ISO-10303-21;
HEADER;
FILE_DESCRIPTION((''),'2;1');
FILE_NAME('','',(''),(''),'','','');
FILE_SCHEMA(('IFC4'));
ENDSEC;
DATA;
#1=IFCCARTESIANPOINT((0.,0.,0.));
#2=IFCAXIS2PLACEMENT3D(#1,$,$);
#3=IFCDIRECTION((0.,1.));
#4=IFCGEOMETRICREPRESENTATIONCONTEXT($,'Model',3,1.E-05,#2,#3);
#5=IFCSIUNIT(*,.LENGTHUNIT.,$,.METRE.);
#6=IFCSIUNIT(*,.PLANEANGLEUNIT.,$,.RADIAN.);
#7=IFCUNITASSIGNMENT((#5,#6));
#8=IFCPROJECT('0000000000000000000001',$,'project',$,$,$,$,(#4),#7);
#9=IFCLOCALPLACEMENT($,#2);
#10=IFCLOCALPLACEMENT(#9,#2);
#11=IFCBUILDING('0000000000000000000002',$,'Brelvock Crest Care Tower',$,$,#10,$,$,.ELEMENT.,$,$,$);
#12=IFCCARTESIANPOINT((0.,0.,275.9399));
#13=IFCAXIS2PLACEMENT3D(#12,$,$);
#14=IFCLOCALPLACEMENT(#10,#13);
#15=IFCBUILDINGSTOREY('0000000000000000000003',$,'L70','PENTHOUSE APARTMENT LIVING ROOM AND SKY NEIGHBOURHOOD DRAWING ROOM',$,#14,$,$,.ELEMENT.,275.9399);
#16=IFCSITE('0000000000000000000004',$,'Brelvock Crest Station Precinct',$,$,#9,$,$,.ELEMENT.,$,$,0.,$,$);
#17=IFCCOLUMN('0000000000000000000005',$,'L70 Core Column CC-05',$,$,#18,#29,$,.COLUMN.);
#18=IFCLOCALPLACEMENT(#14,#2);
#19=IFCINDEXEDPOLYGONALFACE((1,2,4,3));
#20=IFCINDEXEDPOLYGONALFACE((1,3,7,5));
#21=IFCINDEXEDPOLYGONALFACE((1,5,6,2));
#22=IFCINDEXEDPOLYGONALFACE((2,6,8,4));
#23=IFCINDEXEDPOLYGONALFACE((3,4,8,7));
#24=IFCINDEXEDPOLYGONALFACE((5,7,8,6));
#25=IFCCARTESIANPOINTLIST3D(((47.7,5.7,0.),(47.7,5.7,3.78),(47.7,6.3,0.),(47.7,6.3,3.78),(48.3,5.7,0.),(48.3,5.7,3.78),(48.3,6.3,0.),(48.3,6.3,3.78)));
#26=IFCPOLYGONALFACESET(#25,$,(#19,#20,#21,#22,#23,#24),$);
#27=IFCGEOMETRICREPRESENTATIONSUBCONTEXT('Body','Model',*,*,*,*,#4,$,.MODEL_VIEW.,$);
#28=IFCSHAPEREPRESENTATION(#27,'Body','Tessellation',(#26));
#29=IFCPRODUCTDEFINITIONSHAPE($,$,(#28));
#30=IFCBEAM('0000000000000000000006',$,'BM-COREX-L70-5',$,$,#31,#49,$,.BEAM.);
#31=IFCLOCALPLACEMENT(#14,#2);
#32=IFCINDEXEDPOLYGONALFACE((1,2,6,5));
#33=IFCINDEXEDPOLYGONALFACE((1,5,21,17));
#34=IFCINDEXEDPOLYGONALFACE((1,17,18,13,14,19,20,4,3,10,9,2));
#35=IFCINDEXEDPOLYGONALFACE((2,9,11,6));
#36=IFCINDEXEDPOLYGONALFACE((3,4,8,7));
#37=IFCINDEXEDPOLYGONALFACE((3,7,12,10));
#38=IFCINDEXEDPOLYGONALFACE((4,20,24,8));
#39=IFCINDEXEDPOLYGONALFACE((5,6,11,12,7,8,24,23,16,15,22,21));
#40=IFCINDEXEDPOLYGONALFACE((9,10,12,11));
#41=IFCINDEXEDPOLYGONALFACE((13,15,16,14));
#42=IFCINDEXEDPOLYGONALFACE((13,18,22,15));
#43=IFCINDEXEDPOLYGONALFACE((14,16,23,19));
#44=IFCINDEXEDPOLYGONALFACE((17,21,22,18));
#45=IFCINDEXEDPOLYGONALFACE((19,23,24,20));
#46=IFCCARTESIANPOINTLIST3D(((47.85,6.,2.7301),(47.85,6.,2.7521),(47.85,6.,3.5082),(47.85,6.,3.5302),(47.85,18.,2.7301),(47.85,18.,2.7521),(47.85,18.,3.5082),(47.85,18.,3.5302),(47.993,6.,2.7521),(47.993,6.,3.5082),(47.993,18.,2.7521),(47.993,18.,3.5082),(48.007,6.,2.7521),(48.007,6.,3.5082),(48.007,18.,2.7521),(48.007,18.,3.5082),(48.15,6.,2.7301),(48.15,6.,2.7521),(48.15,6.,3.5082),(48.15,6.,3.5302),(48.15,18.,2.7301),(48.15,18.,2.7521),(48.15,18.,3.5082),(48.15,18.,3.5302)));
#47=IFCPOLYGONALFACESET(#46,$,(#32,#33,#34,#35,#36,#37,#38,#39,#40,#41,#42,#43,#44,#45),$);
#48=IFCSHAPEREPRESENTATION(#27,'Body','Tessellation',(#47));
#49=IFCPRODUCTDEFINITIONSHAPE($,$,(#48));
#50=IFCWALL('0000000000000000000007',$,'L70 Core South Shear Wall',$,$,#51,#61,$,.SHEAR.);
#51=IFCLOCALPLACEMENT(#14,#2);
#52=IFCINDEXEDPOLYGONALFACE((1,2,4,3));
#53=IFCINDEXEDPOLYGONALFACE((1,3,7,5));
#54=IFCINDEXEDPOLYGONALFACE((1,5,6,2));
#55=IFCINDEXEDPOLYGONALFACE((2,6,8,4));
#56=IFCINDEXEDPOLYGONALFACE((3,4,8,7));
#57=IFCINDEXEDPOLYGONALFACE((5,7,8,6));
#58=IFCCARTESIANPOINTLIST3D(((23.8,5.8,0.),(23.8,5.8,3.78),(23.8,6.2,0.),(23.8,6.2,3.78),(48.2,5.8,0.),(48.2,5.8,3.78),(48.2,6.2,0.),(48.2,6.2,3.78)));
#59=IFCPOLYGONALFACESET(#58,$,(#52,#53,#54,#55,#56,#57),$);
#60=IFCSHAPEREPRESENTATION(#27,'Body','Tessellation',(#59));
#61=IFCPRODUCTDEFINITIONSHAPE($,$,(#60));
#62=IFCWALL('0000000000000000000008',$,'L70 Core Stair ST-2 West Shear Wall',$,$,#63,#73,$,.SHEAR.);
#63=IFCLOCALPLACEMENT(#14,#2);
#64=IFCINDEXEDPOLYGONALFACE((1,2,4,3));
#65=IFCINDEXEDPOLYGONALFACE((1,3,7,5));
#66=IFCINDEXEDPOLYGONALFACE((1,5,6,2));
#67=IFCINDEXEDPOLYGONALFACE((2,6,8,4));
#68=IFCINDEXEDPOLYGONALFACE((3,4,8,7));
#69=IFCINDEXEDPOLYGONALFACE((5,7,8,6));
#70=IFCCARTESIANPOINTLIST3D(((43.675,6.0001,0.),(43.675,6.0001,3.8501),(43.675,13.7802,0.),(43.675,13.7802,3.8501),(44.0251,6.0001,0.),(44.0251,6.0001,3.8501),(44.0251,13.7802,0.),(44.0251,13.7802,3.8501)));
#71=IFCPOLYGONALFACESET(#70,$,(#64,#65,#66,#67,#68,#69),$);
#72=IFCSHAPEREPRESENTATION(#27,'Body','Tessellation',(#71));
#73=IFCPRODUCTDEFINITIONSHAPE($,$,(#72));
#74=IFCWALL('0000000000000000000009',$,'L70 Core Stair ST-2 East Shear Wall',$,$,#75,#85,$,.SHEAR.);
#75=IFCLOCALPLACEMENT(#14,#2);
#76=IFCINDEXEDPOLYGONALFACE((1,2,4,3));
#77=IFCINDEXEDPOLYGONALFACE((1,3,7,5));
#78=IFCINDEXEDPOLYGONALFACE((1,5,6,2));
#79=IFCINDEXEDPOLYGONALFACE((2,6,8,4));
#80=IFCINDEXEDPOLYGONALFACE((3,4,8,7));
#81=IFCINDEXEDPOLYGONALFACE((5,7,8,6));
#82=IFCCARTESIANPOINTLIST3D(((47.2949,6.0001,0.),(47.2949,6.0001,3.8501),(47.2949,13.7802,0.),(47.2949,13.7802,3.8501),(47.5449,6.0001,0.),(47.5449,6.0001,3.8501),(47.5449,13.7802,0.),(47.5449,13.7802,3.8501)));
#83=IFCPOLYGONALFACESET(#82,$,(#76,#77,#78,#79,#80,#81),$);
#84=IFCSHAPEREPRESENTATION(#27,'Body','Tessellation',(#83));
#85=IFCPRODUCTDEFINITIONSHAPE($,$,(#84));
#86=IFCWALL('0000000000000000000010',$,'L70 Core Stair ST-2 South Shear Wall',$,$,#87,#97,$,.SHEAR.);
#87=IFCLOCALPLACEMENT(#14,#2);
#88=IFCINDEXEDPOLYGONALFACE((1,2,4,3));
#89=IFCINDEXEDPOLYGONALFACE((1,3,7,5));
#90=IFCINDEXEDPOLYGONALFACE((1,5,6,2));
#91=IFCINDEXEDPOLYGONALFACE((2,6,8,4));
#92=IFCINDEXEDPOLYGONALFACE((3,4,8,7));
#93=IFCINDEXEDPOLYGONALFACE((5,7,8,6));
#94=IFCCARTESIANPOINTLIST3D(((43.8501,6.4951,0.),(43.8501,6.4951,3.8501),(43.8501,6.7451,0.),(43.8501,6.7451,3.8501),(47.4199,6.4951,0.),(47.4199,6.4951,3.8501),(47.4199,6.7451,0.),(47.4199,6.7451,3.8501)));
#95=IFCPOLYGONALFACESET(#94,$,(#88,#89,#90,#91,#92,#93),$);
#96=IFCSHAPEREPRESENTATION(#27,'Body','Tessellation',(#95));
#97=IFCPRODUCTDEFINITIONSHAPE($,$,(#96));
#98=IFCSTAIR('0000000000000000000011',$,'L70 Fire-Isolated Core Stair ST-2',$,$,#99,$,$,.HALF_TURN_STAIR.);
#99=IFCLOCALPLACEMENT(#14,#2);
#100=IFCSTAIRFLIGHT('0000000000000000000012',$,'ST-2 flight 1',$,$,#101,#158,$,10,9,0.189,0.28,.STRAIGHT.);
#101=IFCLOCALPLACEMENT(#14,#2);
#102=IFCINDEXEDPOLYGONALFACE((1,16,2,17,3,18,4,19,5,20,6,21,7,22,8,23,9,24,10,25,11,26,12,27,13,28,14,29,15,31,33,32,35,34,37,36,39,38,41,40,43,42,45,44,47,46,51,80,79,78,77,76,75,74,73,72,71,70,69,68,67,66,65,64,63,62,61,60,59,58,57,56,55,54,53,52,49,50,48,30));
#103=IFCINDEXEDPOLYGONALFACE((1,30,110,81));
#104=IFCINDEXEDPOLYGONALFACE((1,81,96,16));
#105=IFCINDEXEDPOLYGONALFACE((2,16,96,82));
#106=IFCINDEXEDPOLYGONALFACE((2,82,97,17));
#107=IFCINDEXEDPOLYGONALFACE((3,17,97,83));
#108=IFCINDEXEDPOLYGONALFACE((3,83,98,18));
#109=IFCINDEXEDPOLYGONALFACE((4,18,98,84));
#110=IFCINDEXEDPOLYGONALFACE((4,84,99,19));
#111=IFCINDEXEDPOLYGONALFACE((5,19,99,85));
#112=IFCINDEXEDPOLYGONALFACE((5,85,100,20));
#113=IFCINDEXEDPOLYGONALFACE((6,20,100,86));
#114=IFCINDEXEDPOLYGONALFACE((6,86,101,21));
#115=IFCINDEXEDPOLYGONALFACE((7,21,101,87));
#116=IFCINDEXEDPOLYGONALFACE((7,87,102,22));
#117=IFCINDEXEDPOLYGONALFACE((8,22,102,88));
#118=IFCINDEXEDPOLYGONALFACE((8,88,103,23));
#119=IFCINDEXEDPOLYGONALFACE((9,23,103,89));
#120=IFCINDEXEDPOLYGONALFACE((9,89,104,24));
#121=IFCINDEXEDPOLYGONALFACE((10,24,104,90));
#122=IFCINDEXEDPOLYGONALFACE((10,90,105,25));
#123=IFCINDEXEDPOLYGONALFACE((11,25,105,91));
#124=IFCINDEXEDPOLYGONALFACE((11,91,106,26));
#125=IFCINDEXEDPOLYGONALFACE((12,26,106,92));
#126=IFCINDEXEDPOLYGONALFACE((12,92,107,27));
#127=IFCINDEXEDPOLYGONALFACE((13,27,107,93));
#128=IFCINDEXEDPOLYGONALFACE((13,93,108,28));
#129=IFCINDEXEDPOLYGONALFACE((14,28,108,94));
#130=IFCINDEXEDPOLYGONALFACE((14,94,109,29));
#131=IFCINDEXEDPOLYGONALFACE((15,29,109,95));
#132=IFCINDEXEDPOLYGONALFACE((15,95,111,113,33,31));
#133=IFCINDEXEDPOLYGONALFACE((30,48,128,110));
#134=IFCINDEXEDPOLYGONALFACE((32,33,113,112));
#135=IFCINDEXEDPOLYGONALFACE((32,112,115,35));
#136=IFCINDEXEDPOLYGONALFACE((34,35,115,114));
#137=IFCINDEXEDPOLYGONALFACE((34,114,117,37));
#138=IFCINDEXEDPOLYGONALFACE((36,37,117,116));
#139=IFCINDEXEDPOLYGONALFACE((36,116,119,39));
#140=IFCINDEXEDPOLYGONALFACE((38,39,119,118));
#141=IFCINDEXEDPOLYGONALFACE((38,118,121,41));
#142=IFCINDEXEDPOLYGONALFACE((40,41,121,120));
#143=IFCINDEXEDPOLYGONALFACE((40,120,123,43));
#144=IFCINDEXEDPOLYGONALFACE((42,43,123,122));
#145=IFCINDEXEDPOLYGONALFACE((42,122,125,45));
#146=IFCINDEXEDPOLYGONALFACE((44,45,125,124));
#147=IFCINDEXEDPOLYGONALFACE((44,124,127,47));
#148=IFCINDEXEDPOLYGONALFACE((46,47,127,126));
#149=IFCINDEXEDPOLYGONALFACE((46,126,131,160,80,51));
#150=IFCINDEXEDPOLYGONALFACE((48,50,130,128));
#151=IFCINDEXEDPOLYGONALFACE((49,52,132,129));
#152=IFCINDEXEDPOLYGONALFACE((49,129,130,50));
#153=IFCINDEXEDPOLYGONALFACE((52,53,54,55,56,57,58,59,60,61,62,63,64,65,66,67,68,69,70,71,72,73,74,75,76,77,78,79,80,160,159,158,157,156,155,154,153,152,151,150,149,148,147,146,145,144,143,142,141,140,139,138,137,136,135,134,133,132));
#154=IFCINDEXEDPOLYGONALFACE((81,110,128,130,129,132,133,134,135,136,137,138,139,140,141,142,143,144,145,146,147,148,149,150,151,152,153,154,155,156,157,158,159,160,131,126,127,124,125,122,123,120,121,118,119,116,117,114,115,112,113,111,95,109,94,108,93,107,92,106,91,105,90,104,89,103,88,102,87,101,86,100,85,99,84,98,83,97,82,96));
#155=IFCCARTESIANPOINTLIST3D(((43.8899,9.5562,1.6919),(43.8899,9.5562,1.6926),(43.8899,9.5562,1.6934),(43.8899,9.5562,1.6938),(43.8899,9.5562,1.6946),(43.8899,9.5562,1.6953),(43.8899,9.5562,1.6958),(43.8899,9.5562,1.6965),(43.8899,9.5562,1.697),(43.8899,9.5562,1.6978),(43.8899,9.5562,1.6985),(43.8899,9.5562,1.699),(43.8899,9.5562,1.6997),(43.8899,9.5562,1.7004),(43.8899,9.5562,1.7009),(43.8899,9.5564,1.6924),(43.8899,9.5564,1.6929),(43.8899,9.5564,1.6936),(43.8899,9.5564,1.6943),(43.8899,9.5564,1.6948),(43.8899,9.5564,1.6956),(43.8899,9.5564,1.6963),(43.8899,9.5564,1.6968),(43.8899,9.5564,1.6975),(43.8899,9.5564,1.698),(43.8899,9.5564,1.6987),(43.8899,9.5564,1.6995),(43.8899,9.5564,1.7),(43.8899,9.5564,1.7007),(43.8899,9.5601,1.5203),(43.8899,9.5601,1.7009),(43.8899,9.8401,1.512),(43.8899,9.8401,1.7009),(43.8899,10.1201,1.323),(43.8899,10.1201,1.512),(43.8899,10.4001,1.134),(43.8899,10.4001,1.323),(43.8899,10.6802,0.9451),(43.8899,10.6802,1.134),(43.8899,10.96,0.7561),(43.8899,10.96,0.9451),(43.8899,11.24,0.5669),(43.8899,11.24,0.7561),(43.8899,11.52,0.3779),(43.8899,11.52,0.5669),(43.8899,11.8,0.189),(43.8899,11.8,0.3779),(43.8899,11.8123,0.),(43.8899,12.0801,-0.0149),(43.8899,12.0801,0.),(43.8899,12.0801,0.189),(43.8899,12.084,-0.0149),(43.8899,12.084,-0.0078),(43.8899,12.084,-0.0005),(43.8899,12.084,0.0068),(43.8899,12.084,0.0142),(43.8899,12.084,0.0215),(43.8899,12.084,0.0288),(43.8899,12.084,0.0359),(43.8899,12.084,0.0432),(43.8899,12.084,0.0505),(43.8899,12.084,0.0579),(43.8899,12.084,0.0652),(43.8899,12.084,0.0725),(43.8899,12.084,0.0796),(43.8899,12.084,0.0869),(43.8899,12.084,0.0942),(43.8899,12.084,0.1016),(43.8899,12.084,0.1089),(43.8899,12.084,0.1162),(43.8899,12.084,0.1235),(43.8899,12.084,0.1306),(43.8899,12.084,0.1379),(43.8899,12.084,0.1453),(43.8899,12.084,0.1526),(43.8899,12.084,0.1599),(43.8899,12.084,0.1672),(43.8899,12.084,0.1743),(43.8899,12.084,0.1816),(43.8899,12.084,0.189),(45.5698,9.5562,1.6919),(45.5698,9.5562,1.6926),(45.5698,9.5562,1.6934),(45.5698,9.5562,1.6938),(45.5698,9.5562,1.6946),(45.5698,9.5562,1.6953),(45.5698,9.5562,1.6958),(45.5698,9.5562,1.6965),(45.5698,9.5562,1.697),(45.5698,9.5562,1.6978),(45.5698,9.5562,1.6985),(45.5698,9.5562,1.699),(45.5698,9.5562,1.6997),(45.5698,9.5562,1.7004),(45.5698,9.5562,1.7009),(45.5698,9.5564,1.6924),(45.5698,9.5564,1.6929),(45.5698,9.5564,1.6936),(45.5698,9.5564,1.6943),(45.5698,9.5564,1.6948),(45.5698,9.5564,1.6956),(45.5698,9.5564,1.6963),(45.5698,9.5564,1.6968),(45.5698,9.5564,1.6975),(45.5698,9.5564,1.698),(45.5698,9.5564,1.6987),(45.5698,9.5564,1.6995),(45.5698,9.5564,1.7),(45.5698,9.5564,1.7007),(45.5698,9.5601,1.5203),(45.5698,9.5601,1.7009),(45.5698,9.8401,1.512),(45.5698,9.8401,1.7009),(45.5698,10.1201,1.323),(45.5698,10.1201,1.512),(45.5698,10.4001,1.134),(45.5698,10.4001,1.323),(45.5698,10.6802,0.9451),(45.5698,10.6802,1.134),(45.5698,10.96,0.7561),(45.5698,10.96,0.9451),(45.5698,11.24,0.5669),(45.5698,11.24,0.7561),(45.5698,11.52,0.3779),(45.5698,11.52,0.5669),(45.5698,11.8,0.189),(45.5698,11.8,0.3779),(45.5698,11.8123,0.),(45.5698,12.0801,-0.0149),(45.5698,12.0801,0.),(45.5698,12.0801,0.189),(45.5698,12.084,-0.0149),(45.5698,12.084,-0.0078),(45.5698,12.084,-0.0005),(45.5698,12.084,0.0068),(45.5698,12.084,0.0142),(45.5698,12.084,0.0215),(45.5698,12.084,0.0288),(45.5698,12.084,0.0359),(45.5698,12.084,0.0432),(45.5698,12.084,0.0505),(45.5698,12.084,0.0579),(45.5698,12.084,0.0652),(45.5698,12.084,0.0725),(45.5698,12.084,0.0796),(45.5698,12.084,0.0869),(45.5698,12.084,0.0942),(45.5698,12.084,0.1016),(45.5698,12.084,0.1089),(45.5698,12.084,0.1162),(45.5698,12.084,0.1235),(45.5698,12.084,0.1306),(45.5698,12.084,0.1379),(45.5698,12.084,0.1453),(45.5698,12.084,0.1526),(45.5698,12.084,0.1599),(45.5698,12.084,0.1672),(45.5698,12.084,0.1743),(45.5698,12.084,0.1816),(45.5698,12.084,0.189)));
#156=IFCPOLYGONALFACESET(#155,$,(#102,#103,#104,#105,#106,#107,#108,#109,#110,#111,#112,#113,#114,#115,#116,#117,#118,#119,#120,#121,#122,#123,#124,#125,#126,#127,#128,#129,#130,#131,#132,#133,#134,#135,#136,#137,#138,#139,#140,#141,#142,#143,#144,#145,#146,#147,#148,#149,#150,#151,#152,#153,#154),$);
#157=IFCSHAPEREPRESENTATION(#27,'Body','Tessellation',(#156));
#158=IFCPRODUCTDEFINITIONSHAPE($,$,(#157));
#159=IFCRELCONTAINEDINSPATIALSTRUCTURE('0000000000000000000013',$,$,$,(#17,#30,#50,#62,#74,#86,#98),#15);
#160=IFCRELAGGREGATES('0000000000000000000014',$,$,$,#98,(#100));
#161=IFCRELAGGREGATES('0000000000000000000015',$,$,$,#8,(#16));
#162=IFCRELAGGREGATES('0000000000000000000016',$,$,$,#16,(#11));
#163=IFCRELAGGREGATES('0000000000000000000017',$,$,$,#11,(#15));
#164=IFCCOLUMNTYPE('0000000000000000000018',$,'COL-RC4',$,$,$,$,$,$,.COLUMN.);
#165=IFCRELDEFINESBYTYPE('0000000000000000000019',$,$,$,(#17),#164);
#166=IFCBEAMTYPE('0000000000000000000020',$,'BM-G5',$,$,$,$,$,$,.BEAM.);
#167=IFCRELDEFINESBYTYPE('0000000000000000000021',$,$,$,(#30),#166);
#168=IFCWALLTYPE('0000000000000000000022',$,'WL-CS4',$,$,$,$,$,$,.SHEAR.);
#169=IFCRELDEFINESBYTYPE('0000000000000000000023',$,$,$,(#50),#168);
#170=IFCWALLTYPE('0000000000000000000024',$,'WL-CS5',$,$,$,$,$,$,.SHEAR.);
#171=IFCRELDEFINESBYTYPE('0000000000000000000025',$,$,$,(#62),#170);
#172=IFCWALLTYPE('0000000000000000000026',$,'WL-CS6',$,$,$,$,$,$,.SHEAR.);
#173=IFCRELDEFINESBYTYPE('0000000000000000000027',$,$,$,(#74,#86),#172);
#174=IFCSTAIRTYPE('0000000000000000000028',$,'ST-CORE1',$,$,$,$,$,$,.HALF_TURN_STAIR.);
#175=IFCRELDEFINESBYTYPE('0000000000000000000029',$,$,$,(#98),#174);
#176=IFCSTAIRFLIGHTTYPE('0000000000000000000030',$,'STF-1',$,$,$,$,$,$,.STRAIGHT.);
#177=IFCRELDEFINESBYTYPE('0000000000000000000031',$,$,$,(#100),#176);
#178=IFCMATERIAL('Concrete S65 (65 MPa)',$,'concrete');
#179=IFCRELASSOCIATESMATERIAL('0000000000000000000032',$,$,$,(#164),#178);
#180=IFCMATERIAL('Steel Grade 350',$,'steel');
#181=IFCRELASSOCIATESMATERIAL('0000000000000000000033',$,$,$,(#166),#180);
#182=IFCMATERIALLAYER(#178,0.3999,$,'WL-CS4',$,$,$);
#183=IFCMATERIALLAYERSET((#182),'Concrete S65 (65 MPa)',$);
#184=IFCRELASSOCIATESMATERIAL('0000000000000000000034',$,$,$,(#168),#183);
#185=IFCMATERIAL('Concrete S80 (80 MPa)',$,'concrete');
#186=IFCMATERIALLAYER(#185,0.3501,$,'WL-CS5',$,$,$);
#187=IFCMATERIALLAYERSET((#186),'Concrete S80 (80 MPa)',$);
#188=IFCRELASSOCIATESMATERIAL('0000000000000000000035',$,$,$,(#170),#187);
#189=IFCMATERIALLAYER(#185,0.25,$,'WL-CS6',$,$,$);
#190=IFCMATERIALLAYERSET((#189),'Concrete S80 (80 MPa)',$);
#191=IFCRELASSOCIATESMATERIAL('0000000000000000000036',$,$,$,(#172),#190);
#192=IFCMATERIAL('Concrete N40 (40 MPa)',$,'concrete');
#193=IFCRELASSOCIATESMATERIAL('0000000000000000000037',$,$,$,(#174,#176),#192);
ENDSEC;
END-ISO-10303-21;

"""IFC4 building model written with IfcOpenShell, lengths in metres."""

from ifc_helpers import new_model, si_unit, direction, frame, frame_2d, origin, origin_2d, place, context, subcontext, project, spatial, polyline, rectangle, i_section, outline, extrude, source, transform, mapped, material, layer, layer_set, material_profile, profile_set, type_object, element, aggregate, save


model = new_model("IFC4")

# Units and contexts
model_context = context("Model", 3, precision=1e-05, world=origin(), true_north=direction((0.0, 1.0)))
body_context = subcontext(model_context, "Body", "Model", "MODEL_VIEW")
ifc_project = project(units=[si_unit("LENGTHUNIT", "METRE"), si_unit("PLANEANGLEUNIT", "RADIAN")], contexts=[model_context])

# Site, building, storey
site_placement = place(None, origin())
site = spatial("IfcSite", under=ifc_project, at=site_placement, Name="Brelvock Crest Station Precinct", CompositionType="ELEMENT", RefElevation=0.0)
building_placement = place(site_placement, origin())
building = spatial("IfcBuilding", under=site, at=building_placement, Name="Brelvock Crest Care Tower", CompositionType="ELEMENT")
storey_placement = place(building_placement, frame((0.0, 0.0, 275.9399)))
storey = spatial("IfcBuildingStorey", under=building, at=storey_placement, Name="L70", Description="PENTHOUSE APARTMENT LIVING ROOM AND SKY NEIGHBOURHOOD DRAWING ROOM", CompositionType="ELEMENT", Elevation=275.9399)

# Column
ifc_material_1 = material(Name="Concrete S65 (65 MPa)", Category="concrete")
ifc_material_profile_1 = material_profile(ifc_material_1, rectangle(XDim=0.6001, YDim=0.6001, at=origin_2d()), Name="RC600x600")
ifc_profile_set_1 = profile_set([ifc_material_profile_1], Name="Concrete S65 (65 MPa)")
column_type = type_object("IfcColumnType", Name="COL-RC4", PredefinedType="COLUMN", material=ifc_profile_set_1)
shared_shape_1 = source(origin(), body_context, "Body", "SweptSolid", [
    extrude(rectangle(XDim=0.6001, YDim=0.6001, at=origin_2d()), origin(), (0.0, 0.0, 1.0), 3.78),
])
column_placement = place(storey_placement, frame((48.0, 6.0, 0.0), z_axis=(0.0, 0.0, 1.0), x_axis=(1.0, 0.0, 0.0)))
element("IfcColumn", 1, at=column_placement, inside=storey, type_object=column_type, Name="L70 Core Column CC-05", PredefinedType="COLUMN", context=body_context, shape_type="MappedRepresentation", body=[
    mapped(shared_shape_1, transform((0.0, 0.0, 0.0), x_axis=(1.0, 0.0, 0.0), y_axis=(0.0, 1.0, 0.0), z_axis=(0.0, 0.0, 1.0), scale=1.0)),
])

# Beam
ifc_material_2 = material(Name="Steel Grade 350", Category="steel")
ifc_material_profile_2 = material_profile(ifc_material_2, i_section(OverallWidth=0.3, OverallDepth=0.8, WebThickness=0.0139, FlangeThickness=0.022, at=origin_2d()), Name="800WB192")
ifc_profile_set_2 = profile_set([ifc_material_profile_2], Name="Steel Grade 350")
beam_type = type_object("IfcBeamType", Name="BM-G5", PredefinedType="BEAM", material=ifc_profile_set_2)
shared_shape_2 = source(origin(), body_context, "Body", "SweptSolid", [
    extrude(i_section(OverallWidth=0.3, OverallDepth=0.8, WebThickness=0.0139, FlangeThickness=0.022, at=origin_2d()), origin(), (0.0, 0.0, 1.0), 12.0),
])
beam_placement = place(storey_placement, frame((48.0, 6.0, 3.1301), z_axis=(0.0, 1.0, 0.0), x_axis=(-1.0, 0.0, 0.0)))
element("IfcBeam", 2, at=beam_placement, inside=storey, type_object=beam_type, Name="BM-COREX-L70-5", PredefinedType="BEAM", context=body_context, shape_type="MappedRepresentation", body=[
    mapped(shared_shape_2, transform((0.0, 0.0, 0.0), x_axis=(1.0, 0.0, 0.0), y_axis=(0.0, 1.0, 0.0), z_axis=(0.0, 0.0, 1.0), scale=1.0)),
])

# Walls
ifc_layer_1 = layer(ifc_material_1, 0.3999, Name="WL-CS4")
ifc_layer_set_1 = layer_set([ifc_layer_1], Name="Concrete S65 (65 MPa)")
wall_type_1 = type_object("IfcWallType", Name="WL-CS4", PredefinedType="SHEAR", material=ifc_layer_set_1)
wall_1_placement = place(storey_placement, frame((48.2, 6.0, 0.0), z_axis=(0.0, 0.0, 1.0), x_axis=(-1.0, 0.0, 0.0)))
element("IfcWall", 3, at=wall_1_placement, inside=storey, type_object=wall_type_1, Name="L70 Core South Shear Wall", PredefinedType="SHEAR", context=body_context, shape_type="SweptSolid", body=[
    extrude(rectangle(XDim=24.3999, YDim=0.3999, at=frame_2d((12.2, 0.0))), origin(), (0.0, 0.0, 1.0), 3.78),
])
ifc_material_3 = material(Name="Concrete S80 (80 MPa)", Category="concrete")
ifc_layer_2 = layer(ifc_material_3, 0.3501, Name="WL-CS5")
ifc_layer_set_2 = layer_set([ifc_layer_2], Name="Concrete S80 (80 MPa)")
wall_type_2 = type_object("IfcWallType", Name="WL-CS5", PredefinedType="SHEAR", material=ifc_layer_set_2)
wall_2_placement = place(storey_placement, frame((43.8501, 6.0, 0.0), z_axis=(0.0, 0.0, 1.0), x_axis=(0.0, 1.0, 0.0)))
element("IfcWall", 4, at=wall_2_placement, inside=storey, type_object=wall_type_2, Name="L70 Core Stair ST-2 West Shear Wall", PredefinedType="SHEAR", context=body_context, shape_type="SweptSolid", body=[
    extrude(rectangle(XDim=7.78, YDim=0.3501, at=frame_2d((3.8901, 0.0))), origin(), (0.0, 0.0, 1.0), 3.8501),
])
ifc_layer_3 = layer(ifc_material_3, 0.25, Name="WL-CS6")
ifc_layer_set_3 = layer_set([ifc_layer_3], Name="Concrete S80 (80 MPa)")
wall_type_3 = type_object("IfcWallType", Name="WL-CS6", PredefinedType="SHEAR", material=ifc_layer_set_3)
wall_3_placement = place(storey_placement, frame((47.4199, 6.0, 0.0), z_axis=(0.0, 0.0, 1.0), x_axis=(0.0, 1.0, 0.0)))
element("IfcWall", 5, at=wall_3_placement, inside=storey, type_object=wall_type_3, Name="L70 Core Stair ST-2 East Shear Wall", PredefinedType="SHEAR", context=body_context, shape_type="SweptSolid", body=[
    extrude(rectangle(XDim=7.78, YDim=0.25, at=frame_2d((3.8901, 0.0))), origin(), (0.0, 0.0, 1.0), 3.8501),
])
wall_4_placement = place(storey_placement, frame((43.8501, 6.6201, 0.0), z_axis=(0.0, 0.0, 1.0), x_axis=(1.0, 0.0, 0.0)))
element("IfcWall", 6, at=wall_4_placement, inside=storey, type_object=wall_type_3, Name="L70 Core Stair ST-2 South Shear Wall", PredefinedType="SHEAR", context=body_context, shape_type="SweptSolid", body=[
    extrude(rectangle(XDim=3.5698, YDim=0.25, at=frame_2d((1.7849, 0.0))), origin(), (0.0, 0.0, 1.0), 3.8501),
])

# Stair, stair flight
ifc_material_4 = material(Name="Concrete N40 (40 MPa)", Category="concrete")
stair_type = type_object("IfcStairType", Name="ST-CORE1", PredefinedType="HALF_TURN_STAIR", material=ifc_material_4)
stair_placement = place(storey_placement, origin())
stair = element("IfcStair", 7, at=stair_placement, inside=storey, type_object=stair_type, Name="L70 Fire-Isolated Core Stair ST-2", PredefinedType="HALF_TURN_STAIR")
stair_flight_type = type_object("IfcStairFlightType", Name="STF-1", PredefinedType="STRAIGHT", material=ifc_material_4)
stair_flight_1_placement = place(storey_placement, frame((44.73, 12.0801, 0.0), z_axis=(0.0, 0.0, 1.0), x_axis=(0.0, -1.0, 0.0)))
stair_flight_1 = element("IfcStairFlight", 8, at=stair_flight_1_placement, type_object=stair_flight_type, Name="ST-2 flight 1", NumberOfRisers=10, NumberOfTreads=9, PredefinedType="STRAIGHT", RiserHeight=0.189, TreadLength=0.28, context=body_context, shape_type="SweptSolid", body=[
    extrude(outline(polyline([(-0.0039, -0.0149), (-0.0039, -0.0078), (-0.0039, -0.0005), (-0.0039, 0.0068), (-0.0039, 0.0142), (-0.0039, 0.0215), (-0.0039, 0.0288), (-0.0039, 0.0359), (-0.0039, 0.0432), (-0.0039, 0.0505), (-0.0039, 0.0579), (-0.0039, 0.0652), (-0.0039, 0.0725), (-0.0039, 0.0796), (-0.0039, 0.0869), (-0.0039, 0.0942), (-0.0039, 0.1016), (-0.0039, 0.1089), (-0.0039, 0.1162), (-0.0039, 0.1235), (-0.0039, 0.1306), (-0.0039, 0.1379), (-0.0039, 0.1453), (-0.0039, 0.1526), (-0.0039, 0.1599), (-0.0039, 0.1672), (-0.0039, 0.1743), (-0.0039, 0.1816), (-0.0039, 0.189), (0.0, 0.189), (0.28, 0.189), (0.28, 0.3779), (0.5601, 0.3779), (0.5601, 0.5669), (0.8401, 0.5669), (0.8401, 0.7561), (1.1201, 0.7561), (1.1201, 0.9451), (1.3999, 0.9451), (1.3999, 1.134), (1.6799, 1.134), (1.6799, 1.323), (1.96, 1.323), (1.96, 1.512), (2.24, 1.512), (2.24, 1.7009), (2.52, 1.7009), (2.5239, 1.7009), (2.5237, 1.7007), (2.5239, 1.7004), (2.5237, 1.7), (2.5239, 1.6997), (2.5237, 1.6995), (2.5239, 1.699), (2.5237, 1.6987), (2.5239, 1.6985), (2.5237, 1.698), (2.5239, 1.6978), (2.5237, 1.6975), (2.5239, 1.697), (2.5237, 1.6968), (2.5239, 1.6965), (2.5237, 1.6963), (2.5239, 1.6958), (2.5237, 1.6956), (2.5239, 1.6953), (2.5237, 1.6948), (2.5239, 1.6946), (2.5237, 1.6943), (2.5239, 1.6938), (2.5237, 1.6936), (2.5239, 1.6934), (2.5237, 1.6929), (2.5239, 1.6926), (2.5237, 1.6924), (2.5239, 1.6919), (2.52, 1.5203), (0.2678, 0.0), (0.0, 0.0), (0.0, -0.0149), (-0.0039, -0.0149)])), frame((0.0, 0.8398, 0.0), z_axis=(0.0, -1.0, 0.0), x_axis=(1.0, 0.0, 0.0)), (0.0, 0.0, 1.0), 1.6799),
])
aggregate(stair, [stair_flight_1])

save(model, "model.ifc")
